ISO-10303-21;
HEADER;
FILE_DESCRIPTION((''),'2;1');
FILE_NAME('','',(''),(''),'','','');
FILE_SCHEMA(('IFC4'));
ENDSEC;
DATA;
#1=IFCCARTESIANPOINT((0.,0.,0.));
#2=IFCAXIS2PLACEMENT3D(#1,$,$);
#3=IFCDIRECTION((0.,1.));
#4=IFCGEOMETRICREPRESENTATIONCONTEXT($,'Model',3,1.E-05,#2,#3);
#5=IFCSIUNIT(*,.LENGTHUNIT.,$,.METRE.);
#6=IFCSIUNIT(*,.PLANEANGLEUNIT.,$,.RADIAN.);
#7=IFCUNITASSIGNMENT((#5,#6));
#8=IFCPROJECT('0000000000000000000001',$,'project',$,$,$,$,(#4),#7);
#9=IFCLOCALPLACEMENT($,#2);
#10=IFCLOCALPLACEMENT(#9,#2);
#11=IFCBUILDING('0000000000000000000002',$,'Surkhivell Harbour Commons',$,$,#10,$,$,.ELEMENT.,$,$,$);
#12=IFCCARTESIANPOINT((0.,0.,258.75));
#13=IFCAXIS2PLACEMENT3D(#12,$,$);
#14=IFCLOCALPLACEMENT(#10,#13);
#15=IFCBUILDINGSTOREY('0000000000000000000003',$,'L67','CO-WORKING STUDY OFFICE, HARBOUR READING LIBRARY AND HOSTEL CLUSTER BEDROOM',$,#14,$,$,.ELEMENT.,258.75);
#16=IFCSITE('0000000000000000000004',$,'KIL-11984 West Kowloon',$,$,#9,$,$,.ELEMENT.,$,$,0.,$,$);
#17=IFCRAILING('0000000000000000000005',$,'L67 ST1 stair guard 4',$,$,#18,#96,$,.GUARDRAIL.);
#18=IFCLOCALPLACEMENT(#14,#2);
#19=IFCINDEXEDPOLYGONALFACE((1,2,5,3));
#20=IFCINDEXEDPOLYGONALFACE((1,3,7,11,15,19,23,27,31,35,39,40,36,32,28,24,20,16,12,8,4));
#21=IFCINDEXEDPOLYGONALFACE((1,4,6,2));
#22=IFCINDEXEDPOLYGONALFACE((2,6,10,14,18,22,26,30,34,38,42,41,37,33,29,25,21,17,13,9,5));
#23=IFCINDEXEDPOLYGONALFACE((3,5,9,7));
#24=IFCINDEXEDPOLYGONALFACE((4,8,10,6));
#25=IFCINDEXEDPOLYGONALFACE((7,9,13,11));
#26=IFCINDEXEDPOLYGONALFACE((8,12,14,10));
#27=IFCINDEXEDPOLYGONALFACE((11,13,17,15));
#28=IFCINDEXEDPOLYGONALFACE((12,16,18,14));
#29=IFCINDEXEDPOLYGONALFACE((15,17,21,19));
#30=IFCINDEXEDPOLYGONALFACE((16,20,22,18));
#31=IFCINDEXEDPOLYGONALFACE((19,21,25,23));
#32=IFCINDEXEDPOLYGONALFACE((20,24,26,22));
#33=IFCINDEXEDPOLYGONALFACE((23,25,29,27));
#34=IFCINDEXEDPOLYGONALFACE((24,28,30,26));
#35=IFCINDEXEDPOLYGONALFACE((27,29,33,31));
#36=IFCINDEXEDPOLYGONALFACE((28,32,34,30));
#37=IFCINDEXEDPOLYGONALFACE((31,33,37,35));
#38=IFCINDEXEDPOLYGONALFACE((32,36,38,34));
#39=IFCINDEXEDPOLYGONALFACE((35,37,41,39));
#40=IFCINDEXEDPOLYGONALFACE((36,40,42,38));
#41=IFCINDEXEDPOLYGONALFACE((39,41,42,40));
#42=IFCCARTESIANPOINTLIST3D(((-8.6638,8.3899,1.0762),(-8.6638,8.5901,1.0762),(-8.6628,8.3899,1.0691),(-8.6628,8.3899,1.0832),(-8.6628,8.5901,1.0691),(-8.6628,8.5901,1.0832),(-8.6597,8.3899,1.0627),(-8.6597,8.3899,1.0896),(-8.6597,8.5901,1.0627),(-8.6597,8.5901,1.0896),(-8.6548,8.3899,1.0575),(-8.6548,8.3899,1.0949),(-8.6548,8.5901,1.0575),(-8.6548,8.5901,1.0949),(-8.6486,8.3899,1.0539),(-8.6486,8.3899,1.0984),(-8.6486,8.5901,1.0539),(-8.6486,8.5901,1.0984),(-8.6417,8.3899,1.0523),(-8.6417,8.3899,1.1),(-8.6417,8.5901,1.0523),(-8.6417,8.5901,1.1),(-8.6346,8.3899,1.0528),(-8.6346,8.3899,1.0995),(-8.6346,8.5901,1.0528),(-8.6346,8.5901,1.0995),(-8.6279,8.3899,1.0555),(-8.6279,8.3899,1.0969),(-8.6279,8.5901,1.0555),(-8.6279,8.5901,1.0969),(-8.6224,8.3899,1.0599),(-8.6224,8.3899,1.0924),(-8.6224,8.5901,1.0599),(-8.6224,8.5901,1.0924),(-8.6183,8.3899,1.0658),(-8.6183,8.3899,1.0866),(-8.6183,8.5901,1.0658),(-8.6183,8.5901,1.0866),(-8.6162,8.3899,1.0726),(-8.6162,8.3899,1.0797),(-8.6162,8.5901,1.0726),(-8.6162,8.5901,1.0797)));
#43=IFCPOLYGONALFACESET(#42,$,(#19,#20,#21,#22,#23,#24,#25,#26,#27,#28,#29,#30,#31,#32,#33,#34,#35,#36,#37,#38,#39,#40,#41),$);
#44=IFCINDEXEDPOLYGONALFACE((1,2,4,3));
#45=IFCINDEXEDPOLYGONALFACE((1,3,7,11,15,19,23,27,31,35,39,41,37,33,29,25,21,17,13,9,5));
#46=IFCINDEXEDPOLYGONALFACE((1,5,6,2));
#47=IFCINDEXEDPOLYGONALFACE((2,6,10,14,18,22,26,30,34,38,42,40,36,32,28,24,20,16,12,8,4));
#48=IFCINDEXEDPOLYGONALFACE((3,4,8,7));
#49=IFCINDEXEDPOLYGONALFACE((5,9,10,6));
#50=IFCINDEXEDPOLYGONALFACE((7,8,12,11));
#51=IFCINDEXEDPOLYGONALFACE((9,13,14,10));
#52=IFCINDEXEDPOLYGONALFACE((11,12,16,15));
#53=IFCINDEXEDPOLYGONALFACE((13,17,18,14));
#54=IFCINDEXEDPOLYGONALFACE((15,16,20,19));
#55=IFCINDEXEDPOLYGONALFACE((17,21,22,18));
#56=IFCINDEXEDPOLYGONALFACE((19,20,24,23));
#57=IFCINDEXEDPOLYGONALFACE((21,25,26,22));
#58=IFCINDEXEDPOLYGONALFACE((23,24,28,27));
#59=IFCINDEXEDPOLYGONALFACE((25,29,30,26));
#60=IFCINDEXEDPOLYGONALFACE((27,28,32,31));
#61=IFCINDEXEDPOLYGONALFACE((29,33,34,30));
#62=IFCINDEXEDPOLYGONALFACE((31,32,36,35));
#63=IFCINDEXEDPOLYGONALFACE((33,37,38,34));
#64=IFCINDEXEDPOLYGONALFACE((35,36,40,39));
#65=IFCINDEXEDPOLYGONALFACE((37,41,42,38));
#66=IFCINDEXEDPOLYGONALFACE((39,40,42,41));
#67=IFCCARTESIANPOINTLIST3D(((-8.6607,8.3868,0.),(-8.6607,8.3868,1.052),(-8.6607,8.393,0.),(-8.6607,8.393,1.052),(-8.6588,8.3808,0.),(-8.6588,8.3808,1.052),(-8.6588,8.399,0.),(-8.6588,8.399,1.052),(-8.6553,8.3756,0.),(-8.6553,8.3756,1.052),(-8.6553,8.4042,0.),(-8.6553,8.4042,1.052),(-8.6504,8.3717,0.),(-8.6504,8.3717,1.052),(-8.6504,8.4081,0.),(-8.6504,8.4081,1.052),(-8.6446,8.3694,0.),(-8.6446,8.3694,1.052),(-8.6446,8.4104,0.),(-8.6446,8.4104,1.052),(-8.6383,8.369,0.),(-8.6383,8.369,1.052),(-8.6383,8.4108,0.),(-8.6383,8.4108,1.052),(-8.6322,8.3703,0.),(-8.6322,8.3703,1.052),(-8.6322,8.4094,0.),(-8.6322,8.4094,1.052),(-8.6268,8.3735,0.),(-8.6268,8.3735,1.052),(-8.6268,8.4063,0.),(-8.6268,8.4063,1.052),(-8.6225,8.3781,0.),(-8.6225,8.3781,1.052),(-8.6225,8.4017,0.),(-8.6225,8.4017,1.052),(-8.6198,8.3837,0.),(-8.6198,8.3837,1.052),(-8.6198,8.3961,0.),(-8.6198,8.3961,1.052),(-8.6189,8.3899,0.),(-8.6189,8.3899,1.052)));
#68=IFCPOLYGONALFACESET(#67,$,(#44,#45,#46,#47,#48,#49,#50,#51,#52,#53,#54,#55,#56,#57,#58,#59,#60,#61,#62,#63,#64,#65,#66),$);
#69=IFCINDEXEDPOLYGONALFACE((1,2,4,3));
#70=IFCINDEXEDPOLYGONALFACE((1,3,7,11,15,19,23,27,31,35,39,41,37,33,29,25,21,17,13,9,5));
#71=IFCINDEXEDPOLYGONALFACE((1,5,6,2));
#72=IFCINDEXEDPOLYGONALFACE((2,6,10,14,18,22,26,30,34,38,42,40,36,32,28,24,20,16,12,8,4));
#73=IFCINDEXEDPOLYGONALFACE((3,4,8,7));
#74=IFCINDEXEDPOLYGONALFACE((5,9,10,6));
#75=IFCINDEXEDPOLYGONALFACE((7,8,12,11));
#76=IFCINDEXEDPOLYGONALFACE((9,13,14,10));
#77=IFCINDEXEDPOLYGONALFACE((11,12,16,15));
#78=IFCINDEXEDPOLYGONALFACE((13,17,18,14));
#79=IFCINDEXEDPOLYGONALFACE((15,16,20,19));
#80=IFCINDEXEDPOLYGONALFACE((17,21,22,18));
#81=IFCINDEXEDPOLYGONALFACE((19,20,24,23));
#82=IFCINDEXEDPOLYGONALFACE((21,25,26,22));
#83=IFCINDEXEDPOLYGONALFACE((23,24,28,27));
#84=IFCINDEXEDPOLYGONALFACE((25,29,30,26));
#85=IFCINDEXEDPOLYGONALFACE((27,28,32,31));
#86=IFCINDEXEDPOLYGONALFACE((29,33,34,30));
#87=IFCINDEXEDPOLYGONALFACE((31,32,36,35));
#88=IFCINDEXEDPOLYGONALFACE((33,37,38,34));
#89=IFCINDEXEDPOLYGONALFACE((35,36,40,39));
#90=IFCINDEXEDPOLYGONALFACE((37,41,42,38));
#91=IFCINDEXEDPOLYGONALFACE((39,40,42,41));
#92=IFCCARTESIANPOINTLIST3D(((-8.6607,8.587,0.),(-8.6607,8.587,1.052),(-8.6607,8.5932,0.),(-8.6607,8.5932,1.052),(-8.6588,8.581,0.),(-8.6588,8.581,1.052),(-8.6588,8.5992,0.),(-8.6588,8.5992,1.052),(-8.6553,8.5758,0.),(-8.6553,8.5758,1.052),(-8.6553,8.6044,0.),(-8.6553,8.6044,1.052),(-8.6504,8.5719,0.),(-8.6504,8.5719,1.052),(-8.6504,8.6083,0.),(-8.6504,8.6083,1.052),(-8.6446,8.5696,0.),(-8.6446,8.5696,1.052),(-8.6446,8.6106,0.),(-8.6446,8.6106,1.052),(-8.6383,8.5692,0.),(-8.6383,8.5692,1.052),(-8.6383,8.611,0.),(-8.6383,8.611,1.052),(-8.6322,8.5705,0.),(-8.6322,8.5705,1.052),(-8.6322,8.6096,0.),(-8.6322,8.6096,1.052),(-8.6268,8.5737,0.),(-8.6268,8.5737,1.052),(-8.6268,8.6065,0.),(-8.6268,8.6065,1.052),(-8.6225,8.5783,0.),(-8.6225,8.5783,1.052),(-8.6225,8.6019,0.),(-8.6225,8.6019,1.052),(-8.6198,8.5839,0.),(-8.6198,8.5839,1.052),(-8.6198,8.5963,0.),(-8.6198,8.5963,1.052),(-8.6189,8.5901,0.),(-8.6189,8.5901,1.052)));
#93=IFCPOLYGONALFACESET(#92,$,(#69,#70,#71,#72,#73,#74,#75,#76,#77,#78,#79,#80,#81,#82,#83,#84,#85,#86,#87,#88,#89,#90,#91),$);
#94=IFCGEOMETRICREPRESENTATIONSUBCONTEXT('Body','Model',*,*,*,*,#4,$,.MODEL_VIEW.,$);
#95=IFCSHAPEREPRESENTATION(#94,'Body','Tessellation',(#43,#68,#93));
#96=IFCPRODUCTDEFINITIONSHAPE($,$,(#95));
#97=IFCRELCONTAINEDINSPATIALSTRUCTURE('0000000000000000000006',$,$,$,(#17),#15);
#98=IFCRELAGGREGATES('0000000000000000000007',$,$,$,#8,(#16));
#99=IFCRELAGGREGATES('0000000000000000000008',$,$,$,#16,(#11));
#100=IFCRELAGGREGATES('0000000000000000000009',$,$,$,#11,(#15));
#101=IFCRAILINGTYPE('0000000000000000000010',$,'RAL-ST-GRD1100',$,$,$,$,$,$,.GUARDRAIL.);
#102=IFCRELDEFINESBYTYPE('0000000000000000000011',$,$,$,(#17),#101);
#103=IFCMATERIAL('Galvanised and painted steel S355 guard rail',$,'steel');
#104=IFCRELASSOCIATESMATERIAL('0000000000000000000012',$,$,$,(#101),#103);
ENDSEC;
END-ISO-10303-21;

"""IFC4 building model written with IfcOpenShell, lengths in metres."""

from ifc_helpers import new_model, si_unit, direction, frame, origin, origin_2d, place, context, subcontext, project, spatial, circle, extrude, material, type_object, element, save


model = new_model("IFC4")

# Units and contexts
model_context = context("Model", 3, precision=1e-05, world=origin(), true_north=direction((0.0, 1.0)))
body_context = subcontext(model_context, "Body", "Model", "MODEL_VIEW")
ifc_project = project(units=[si_unit("LENGTHUNIT", "METRE"), si_unit("PLANEANGLEUNIT", "RADIAN")], contexts=[model_context])

# Site, building, storey
site_placement = place(None, origin())
site = spatial("IfcSite", under=ifc_project, at=site_placement, Name="KIL-11984 West Kowloon", CompositionType="ELEMENT", RefElevation=0.0)
building_placement = place(site_placement, origin())
building = spatial("IfcBuilding", under=site, at=building_placement, Name="Surkhivell Harbour Commons", CompositionType="ELEMENT")
storey_placement = place(building_placement, frame((0.0, 0.0, 258.75)))
storey = spatial("IfcBuildingStorey", under=building, at=storey_placement, Name="L67", Description="CO-WORKING STUDY OFFICE, HARBOUR READING LIBRARY AND HOSTEL CLUSTER BEDROOM", CompositionType="ELEMENT", Elevation=258.75)

# Railing
ifc_material_1 = material(Name="Galvanised and painted steel S355 guard rail", Category="steel")
railing_type_1 = type_object("IfcRailingType", Name="RAL-ST-GRD1100", PredefinedType="GUARDRAIL", material=ifc_material_1)
railing_1_placement = place(storey_placement, frame((-8.6399, 8.3899, 0.0)))
element("IfcRailing", 1, at=railing_1_placement, inside=storey, type_object=railing_type_1, Name="L67 ST1 stair guard 4", PredefinedType="GUARDRAIL", context=body_context, shape_type="SweptSolid", body=[
    extrude(circle(Radius=0.0239, at=origin_2d()), frame((0.0, 0.0, 1.0762), z_axis=(0.0, 1.0, 0.0), x_axis=(-1.0, 0.0, 0.0)), (0.0, 0.0, 1.0), 0.2002),
    extrude(circle(Radius=0.021, at=origin_2d()), origin(), (0.0, 0.0, 1.0), 1.052),
    extrude(circle(Radius=0.021, at=origin_2d()), frame((0.0, 0.2002, 0.0)), (0.0, 0.0, 1.0), 1.052),
])

save(model, "model.ifc")
